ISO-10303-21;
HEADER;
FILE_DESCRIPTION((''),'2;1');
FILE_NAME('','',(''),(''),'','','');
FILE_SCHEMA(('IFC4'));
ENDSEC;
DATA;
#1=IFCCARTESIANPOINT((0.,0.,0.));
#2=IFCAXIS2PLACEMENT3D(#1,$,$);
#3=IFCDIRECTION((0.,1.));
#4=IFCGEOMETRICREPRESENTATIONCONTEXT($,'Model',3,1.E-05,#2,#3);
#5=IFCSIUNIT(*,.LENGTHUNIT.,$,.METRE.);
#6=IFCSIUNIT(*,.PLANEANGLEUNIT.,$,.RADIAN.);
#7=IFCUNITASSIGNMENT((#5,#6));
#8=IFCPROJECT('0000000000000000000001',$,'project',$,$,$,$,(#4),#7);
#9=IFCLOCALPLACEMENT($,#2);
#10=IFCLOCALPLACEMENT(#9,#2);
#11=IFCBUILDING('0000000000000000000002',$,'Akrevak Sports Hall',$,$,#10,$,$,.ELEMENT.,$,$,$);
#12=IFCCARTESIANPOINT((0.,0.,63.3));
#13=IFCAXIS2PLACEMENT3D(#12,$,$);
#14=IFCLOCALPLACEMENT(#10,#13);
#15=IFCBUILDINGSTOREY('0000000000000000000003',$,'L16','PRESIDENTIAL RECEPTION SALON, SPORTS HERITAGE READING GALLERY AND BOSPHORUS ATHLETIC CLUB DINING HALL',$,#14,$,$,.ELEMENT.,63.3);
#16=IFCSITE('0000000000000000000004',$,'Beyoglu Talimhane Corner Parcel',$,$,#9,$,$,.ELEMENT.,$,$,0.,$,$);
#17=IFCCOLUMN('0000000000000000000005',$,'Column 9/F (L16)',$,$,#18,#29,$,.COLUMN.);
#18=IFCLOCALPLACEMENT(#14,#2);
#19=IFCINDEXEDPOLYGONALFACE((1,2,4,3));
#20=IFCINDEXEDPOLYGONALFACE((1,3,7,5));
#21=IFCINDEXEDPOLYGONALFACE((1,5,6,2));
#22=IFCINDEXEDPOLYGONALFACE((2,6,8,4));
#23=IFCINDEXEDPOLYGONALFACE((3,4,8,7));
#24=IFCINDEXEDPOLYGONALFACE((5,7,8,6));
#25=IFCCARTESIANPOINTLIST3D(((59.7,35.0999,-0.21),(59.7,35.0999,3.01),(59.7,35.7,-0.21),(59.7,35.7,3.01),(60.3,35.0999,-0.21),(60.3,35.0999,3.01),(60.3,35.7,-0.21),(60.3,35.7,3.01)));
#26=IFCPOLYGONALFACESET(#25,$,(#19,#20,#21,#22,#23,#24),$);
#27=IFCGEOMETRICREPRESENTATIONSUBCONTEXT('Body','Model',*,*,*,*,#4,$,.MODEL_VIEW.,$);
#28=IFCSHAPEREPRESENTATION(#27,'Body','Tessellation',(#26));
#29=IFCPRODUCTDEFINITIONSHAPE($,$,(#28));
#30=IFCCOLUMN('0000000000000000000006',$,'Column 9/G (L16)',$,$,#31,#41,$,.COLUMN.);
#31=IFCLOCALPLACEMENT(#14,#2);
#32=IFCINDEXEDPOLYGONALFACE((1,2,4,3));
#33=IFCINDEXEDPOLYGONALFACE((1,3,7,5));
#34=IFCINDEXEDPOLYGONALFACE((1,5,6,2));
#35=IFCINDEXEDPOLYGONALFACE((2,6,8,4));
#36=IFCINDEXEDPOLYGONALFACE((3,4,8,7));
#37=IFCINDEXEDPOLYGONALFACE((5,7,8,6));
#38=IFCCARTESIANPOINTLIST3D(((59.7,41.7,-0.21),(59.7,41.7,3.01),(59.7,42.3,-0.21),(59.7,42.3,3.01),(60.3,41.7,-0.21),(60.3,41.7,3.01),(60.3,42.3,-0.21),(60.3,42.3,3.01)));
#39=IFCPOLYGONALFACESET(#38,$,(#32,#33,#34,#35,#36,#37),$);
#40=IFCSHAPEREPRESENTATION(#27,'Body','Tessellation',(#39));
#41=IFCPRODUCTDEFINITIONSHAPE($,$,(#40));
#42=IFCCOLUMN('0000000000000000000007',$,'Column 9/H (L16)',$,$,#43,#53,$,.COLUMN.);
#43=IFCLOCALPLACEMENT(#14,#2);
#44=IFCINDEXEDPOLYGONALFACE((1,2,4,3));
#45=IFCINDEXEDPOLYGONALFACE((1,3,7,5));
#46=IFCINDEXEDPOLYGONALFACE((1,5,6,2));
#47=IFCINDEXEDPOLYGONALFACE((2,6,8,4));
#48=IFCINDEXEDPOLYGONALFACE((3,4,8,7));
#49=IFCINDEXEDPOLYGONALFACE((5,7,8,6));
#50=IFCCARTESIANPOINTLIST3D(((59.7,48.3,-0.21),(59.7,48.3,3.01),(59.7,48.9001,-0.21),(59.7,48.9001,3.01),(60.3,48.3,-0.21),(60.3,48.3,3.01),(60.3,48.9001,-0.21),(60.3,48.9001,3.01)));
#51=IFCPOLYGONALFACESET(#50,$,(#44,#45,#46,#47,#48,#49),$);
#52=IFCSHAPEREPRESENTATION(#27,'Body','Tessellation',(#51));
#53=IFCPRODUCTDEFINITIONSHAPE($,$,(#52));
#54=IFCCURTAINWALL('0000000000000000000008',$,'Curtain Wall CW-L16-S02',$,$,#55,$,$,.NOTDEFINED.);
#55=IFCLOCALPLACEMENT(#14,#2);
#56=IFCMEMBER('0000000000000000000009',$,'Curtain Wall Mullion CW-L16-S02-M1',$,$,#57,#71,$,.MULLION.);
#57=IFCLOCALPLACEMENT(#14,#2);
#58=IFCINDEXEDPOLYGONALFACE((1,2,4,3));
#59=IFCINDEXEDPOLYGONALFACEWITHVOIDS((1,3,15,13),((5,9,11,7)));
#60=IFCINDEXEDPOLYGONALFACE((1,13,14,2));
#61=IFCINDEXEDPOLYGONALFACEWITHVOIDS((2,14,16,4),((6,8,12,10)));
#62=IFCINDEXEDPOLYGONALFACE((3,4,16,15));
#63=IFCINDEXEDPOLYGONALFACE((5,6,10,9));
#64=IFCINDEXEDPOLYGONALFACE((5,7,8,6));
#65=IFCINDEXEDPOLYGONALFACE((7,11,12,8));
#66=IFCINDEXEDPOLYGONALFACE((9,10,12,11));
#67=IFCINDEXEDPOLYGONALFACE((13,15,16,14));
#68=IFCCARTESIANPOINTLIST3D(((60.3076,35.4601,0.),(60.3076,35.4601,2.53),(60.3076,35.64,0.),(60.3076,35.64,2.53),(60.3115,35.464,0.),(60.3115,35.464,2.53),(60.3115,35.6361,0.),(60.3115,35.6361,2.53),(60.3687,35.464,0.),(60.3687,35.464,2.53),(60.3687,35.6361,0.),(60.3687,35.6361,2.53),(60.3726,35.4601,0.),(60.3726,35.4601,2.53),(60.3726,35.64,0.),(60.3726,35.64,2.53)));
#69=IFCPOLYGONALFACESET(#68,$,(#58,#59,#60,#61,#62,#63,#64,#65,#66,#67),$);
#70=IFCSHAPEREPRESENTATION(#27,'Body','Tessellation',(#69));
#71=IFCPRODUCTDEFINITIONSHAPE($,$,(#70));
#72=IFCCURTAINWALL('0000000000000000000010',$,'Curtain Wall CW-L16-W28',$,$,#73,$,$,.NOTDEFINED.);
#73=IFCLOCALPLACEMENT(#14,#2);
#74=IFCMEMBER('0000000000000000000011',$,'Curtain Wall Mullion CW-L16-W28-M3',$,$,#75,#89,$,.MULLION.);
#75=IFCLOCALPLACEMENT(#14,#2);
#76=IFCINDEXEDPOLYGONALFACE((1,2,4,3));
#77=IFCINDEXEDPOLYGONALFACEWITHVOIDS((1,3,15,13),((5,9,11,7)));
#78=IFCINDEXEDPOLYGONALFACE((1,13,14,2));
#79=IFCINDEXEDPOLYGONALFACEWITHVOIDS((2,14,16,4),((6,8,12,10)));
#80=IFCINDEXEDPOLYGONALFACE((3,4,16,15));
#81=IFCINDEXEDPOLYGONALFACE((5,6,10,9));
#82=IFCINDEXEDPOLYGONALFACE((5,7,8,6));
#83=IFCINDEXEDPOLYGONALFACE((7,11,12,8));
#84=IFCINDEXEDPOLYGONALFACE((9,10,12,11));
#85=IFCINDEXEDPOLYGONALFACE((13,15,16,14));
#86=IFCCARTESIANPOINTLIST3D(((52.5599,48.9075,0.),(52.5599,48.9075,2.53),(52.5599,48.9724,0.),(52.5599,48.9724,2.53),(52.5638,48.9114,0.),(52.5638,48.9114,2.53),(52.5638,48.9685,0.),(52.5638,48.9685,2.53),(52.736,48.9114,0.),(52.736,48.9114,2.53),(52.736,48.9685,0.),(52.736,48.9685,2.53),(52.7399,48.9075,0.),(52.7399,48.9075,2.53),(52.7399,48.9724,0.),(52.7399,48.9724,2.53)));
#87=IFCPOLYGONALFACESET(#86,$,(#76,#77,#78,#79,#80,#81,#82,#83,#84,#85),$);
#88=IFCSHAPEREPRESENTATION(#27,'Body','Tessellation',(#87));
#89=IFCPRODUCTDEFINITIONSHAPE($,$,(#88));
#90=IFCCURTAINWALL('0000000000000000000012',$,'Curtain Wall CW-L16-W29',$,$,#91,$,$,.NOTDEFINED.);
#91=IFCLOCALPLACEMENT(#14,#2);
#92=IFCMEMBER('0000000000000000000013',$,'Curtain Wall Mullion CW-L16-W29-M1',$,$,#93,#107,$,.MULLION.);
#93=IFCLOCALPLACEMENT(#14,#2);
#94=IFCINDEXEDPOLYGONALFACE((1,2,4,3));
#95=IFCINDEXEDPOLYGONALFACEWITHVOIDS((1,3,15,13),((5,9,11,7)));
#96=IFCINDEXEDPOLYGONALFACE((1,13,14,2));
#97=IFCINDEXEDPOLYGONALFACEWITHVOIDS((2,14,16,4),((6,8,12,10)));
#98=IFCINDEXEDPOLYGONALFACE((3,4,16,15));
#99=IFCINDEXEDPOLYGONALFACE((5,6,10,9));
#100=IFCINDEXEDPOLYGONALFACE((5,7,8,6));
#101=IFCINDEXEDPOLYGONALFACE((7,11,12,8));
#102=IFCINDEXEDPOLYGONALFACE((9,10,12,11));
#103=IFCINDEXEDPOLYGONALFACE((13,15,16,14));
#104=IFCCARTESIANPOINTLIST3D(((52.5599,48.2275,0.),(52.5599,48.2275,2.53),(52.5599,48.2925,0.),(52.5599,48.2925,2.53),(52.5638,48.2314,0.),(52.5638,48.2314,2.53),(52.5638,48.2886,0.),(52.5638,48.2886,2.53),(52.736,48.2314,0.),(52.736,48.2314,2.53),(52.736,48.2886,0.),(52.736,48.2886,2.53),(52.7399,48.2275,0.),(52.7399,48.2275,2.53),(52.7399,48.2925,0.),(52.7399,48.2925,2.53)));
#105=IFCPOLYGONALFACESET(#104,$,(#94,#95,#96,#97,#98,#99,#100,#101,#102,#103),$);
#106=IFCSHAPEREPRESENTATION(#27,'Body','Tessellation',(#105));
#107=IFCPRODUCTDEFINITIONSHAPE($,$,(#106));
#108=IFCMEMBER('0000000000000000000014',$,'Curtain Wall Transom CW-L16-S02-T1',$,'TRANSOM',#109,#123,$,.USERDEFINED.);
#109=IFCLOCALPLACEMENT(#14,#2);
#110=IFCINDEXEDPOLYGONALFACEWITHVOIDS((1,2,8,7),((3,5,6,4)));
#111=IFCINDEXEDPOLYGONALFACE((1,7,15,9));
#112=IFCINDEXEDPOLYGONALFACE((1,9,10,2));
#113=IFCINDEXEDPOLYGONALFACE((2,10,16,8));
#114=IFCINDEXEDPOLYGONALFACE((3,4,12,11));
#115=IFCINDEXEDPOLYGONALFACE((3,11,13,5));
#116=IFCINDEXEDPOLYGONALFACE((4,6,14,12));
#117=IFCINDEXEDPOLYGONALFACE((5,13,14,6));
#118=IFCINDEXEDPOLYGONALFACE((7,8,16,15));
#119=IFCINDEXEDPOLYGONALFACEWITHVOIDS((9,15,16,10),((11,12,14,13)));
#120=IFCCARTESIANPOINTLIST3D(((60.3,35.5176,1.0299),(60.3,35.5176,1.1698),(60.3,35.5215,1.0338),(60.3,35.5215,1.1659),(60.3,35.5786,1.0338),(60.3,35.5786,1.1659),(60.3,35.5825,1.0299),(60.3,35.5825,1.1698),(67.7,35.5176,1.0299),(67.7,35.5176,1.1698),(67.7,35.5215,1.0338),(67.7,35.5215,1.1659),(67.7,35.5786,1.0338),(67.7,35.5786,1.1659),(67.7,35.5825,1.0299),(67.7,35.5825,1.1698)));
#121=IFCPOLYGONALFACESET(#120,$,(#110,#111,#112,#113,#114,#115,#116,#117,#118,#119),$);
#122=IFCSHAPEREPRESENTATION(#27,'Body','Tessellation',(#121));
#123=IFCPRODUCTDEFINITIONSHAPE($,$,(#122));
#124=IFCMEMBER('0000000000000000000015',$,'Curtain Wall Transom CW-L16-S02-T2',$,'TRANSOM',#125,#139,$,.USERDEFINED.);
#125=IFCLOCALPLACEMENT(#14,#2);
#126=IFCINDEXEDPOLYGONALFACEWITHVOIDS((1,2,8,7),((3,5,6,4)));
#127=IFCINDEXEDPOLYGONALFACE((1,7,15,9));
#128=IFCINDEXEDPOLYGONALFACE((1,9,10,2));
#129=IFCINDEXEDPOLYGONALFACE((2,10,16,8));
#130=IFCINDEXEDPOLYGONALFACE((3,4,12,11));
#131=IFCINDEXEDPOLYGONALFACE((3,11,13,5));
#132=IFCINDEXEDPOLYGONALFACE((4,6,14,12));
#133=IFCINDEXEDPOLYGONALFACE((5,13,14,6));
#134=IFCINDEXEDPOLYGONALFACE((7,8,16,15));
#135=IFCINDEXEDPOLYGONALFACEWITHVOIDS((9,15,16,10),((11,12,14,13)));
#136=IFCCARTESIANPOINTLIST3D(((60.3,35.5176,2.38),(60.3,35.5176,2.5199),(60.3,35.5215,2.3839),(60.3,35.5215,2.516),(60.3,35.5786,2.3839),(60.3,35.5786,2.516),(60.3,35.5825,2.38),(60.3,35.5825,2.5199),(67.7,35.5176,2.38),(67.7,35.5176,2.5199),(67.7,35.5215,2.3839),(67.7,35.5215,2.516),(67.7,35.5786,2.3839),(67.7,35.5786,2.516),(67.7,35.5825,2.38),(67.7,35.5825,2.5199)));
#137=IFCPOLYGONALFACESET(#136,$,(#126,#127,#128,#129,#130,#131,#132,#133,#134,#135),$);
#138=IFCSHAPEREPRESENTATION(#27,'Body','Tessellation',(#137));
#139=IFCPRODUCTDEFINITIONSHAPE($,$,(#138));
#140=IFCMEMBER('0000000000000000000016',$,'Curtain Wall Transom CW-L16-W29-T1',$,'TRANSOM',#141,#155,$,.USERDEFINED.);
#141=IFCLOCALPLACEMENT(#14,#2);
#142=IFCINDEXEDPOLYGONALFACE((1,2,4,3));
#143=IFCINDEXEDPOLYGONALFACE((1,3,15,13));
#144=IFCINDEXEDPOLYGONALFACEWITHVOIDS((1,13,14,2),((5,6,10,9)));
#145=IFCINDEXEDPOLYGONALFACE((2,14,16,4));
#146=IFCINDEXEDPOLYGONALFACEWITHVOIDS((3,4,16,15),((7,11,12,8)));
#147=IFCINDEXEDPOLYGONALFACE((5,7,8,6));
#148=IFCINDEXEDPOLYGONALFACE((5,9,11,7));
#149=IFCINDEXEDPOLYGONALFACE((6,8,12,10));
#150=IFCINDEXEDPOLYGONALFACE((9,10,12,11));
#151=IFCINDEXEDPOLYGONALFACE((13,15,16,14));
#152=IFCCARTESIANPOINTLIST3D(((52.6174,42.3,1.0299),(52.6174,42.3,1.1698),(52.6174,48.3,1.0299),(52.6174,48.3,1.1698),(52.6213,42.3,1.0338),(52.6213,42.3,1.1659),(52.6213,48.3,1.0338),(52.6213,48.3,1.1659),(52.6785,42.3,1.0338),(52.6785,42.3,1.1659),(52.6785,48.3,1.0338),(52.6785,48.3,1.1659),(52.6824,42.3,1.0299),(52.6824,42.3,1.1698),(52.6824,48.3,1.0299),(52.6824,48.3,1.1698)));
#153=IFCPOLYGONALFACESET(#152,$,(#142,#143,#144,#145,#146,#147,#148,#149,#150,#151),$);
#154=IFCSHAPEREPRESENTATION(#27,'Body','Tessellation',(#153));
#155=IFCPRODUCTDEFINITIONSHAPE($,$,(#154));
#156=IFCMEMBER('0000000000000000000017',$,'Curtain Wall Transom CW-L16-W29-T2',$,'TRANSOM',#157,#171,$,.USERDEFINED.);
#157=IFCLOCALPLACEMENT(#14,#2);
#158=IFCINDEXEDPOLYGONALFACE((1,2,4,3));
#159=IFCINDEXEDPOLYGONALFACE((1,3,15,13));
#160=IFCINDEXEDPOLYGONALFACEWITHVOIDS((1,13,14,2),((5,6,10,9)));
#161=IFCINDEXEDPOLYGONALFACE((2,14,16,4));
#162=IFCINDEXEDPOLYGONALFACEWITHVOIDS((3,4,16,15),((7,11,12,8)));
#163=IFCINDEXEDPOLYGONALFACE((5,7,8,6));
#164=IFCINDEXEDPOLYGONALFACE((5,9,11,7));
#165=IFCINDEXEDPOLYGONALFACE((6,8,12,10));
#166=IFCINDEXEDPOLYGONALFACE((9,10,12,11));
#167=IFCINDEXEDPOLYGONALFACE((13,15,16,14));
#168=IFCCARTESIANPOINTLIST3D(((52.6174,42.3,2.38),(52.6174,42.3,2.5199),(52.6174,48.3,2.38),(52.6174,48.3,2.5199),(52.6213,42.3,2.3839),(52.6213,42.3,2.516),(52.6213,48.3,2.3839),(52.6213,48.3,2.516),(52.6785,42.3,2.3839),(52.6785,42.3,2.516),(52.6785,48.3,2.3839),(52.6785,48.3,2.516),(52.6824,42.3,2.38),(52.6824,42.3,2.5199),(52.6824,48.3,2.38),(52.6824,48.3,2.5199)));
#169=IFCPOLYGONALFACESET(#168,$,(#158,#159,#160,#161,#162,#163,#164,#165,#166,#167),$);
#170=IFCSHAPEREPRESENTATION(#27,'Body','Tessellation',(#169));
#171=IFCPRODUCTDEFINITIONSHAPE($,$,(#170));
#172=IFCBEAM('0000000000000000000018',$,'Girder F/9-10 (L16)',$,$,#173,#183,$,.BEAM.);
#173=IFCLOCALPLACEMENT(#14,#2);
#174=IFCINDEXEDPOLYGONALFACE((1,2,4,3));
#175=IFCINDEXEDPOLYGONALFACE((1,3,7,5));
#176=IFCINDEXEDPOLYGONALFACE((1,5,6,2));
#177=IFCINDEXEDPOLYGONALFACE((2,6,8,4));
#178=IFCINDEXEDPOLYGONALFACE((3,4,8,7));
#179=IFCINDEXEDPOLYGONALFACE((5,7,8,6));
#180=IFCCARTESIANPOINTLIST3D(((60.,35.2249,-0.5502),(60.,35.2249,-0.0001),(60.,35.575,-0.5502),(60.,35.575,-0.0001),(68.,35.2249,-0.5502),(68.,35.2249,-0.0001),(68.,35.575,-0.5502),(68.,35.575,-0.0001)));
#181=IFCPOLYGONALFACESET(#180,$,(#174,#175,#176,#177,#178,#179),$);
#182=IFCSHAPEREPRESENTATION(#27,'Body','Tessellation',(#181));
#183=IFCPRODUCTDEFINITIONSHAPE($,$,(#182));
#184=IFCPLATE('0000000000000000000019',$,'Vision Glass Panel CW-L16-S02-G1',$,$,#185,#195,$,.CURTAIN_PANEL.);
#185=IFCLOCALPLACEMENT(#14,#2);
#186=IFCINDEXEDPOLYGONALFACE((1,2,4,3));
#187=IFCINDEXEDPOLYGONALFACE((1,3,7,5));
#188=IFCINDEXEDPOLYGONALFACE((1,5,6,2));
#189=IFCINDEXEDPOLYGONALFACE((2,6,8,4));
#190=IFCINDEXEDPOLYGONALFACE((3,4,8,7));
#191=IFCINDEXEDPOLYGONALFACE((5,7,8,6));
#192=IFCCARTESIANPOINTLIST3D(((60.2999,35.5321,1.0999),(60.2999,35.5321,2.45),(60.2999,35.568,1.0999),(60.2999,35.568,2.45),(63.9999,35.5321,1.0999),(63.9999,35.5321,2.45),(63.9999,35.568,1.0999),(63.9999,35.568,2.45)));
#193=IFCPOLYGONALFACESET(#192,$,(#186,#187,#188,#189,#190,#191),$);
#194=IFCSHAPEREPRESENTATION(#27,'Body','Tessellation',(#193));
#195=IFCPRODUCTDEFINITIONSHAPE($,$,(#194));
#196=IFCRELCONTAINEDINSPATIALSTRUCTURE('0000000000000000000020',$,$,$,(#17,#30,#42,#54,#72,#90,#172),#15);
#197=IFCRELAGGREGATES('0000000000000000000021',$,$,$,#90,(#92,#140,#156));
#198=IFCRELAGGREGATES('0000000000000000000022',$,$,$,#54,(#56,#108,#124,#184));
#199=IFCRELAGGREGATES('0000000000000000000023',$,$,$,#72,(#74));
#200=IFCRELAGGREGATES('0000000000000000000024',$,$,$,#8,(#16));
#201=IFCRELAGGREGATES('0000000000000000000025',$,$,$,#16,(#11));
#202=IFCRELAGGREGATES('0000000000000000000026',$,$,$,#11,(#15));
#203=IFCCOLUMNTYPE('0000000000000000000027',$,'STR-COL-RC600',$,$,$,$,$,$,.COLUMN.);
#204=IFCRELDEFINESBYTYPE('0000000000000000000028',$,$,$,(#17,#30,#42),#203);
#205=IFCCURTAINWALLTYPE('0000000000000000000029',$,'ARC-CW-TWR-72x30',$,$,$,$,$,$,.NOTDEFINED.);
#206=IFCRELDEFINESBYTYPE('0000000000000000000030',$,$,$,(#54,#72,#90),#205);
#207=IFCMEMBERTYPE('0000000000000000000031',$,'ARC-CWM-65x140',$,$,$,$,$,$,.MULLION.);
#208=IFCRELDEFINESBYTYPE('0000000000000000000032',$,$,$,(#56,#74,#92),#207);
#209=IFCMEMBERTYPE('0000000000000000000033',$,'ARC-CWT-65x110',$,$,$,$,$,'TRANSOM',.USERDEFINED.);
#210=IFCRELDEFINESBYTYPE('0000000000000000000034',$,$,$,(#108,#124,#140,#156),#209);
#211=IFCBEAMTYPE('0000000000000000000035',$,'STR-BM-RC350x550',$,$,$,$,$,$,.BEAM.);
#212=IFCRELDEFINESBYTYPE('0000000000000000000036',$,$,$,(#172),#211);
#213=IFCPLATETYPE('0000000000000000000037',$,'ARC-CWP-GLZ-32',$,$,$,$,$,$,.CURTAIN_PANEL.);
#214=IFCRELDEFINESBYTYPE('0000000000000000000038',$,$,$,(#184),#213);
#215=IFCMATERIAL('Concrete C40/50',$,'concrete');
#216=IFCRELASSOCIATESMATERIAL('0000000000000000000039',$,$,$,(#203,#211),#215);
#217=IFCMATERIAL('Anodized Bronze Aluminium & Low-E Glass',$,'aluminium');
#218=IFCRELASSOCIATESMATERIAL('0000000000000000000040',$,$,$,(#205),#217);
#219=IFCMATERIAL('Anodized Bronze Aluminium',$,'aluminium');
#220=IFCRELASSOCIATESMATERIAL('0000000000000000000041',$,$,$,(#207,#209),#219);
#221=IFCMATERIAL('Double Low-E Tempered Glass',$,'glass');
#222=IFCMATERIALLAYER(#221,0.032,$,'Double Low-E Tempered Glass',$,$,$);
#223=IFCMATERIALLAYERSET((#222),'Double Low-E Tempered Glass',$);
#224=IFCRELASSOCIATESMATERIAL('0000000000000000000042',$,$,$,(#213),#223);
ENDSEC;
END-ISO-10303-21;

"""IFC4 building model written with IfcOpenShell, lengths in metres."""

from ifc_helpers import new_model, si_unit, direction, frame, origin, origin_2d, place, context, subcontext, project, spatial, rectangle, hollow_rectangle, extrude, material, layer, layer_set, material_profile, profile_set, type_object, element, aggregate, save


model = new_model("IFC4")

# Units and contexts
model_context = context("Model", 3, precision=1e-05, world=origin(), true_north=direction((0.0, 1.0)))
body_context = subcontext(model_context, "Body", "Model", "MODEL_VIEW")
ifc_project = project(units=[si_unit("LENGTHUNIT", "METRE"), si_unit("PLANEANGLEUNIT", "RADIAN")], contexts=[model_context])

# Site, building, storey
site_placement = place(None, origin())
site = spatial("IfcSite", under=ifc_project, at=site_placement, Name="Beyoglu Talimhane Corner Parcel", CompositionType="ELEMENT", RefElevation=0.0)
building_placement = place(site_placement, origin())
building = spatial("IfcBuilding", under=site, at=building_placement, Name="Akrevak Sports Hall", CompositionType="ELEMENT")
storey_placement = place(building_placement, frame((0.0, 0.0, 63.3)))
storey = spatial("IfcBuildingStorey", under=building, at=storey_placement, Name="L16", Description="PRESIDENTIAL RECEPTION SALON, SPORTS HERITAGE READING GALLERY AND BOSPHORUS ATHLETIC CLUB DINING HALL", CompositionType="ELEMENT", Elevation=63.3)

# Columns
ifc_material_1 = material(Name="Concrete C40/50", Category="concrete")
ifc_material_profile_1 = material_profile(ifc_material_1, rectangle(XDim=0.6001, YDim=0.6001, at=origin_2d()), Name="RC 600x600", Category="concrete")
ifc_profile_set_1 = profile_set([ifc_material_profile_1], Name="Concrete C40/50")
column_type = type_object("IfcColumnType", Name="STR-COL-RC600", PredefinedType="COLUMN", material=ifc_profile_set_1)
for number, where, z_axis, x_axis, name in (
    (1, (60.0, 35.3999, -0.21), (0.0, 0.0, 1.0), (1.0, 0.0, 0.0), "Column 9/F (L16)"),
    (2, (60.0, 42.0, -0.21), (0.0, 0.0, 1.0), (1.0, 0.0, 0.0), "Column 9/G (L16)"),
    (3, (60.0, 48.6001, -0.21), (0.0, 0.0, 1.0), (1.0, 0.0, 0.0), "Column 9/H (L16)"),
):
    element("IfcColumn", number, at=place(storey_placement, frame(where, z_axis=z_axis, x_axis=x_axis)), inside=storey, type_object=column_type, Name=name, PredefinedType="COLUMN", context=body_context, shape_type="SweptSolid", body=[
        extrude(rectangle(XDim=0.6001, YDim=0.6001, at=origin_2d()), origin(), (0.0, 0.0, 1.0), 3.22),
    ])

# Curtain walls, members
ifc_material_2 = material(Name="Anodized Bronze Aluminium & Low-E Glass", Category="aluminium")
curtain_wall_type = type_object("IfcCurtainWallType", Name="ARC-CW-TWR-72x30", PredefinedType="NOTDEFINED", material=ifc_material_2)
curtain_wall_1_placement = place(storey_placement, origin())
curtain_wall_1 = element("IfcCurtainWall", 4, at=curtain_wall_1_placement, inside=storey, type_object=curtain_wall_type, Name="Curtain Wall CW-L16-S02", PredefinedType="NOTDEFINED")
ifc_material_3 = material(Name="Anodized Bronze Aluminium", Category="aluminium")
ifc_material_profile_2 = material_profile(ifc_material_3, hollow_rectangle(XDim=0.0649, YDim=0.1799, WallThickness=0.0039, at=origin_2d()), Name="CWM 65x180", Category="aluminium")
ifc_profile_set_2 = profile_set([ifc_material_profile_2], Name="Anodized Bronze Aluminium")
member_type_1 = type_object("IfcMemberType", Name="ARC-CWM-65x140", PredefinedType="MULLION", material=ifc_profile_set_2)
member_1_placement = place(storey_placement, frame((60.3401, 35.55, 0.0), z_axis=(0.0, 0.0, 1.0), x_axis=(1.0, 0.0, 0.0)))
member_1 = element("IfcMember", 5, at=member_1_placement, type_object=member_type_1, Name="Curtain Wall Mullion CW-L16-S02-M1", PredefinedType="MULLION", context=body_context, shape_type="SweptSolid", body=[
    extrude(hollow_rectangle(XDim=0.0649, YDim=0.1799, WallThickness=0.0039, at=origin_2d()), origin(), (0.0, 0.0, 1.0), 2.53),
])
curtain_wall_2_placement = place(storey_placement, origin())
curtain_wall_2 = element("IfcCurtainWall", 6, at=curtain_wall_2_placement, inside=storey, type_object=curtain_wall_type, Name="Curtain Wall CW-L16-W28", PredefinedType="NOTDEFINED")
member_2_placement = place(storey_placement, frame((52.6499, 48.9399, 0.0), z_axis=(0.0, 0.0, 1.0), x_axis=(0.0, -1.0, 0.0)))
member_2 = element("IfcMember", 7, at=member_2_placement, type_object=member_type_1, Name="Curtain Wall Mullion CW-L16-W28-M3", PredefinedType="MULLION", context=body_context, shape_type="SweptSolid", body=[
    extrude(hollow_rectangle(XDim=0.0649, YDim=0.1799, WallThickness=0.0039, at=origin_2d()), origin(), (0.0, 0.0, 1.0), 2.53),
])
curtain_wall_3_placement = place(storey_placement, origin())
curtain_wall_3 = element("IfcCurtainWall", 8, at=curtain_wall_3_placement, inside=storey, type_object=curtain_wall_type, Name="Curtain Wall CW-L16-W29", PredefinedType="NOTDEFINED")
member_3_placement = place(storey_placement, frame((52.6499, 48.26, 0.0), z_axis=(0.0, 0.0, 1.0), x_axis=(0.0, -1.0, 0.0)))
member_3 = element("IfcMember", 9, at=member_3_placement, type_object=member_type_1, Name="Curtain Wall Mullion CW-L16-W29-M1", PredefinedType="MULLION", context=body_context, shape_type="SweptSolid", body=[
    extrude(hollow_rectangle(XDim=0.0649, YDim=0.1799, WallThickness=0.0039, at=origin_2d()), origin(), (0.0, 0.0, 1.0), 2.53),
])

# Members
ifc_material_profile_3 = material_profile(ifc_material_3, hollow_rectangle(XDim=0.0649, YDim=0.1399, WallThickness=0.0039, at=origin_2d()), Name="CWT 65x140", Category="aluminium")
ifc_profile_set_3 = profile_set([ifc_material_profile_3], Name="Anodized Bronze Aluminium")
member_type_2 = type_object("IfcMemberType", Name="ARC-CWT-65x110", ElementType="TRANSOM", PredefinedType="USERDEFINED", material=ifc_profile_set_3)
member_4_placement = place(storey_placement, frame((60.3, 35.55, 1.0999), z_axis=(1.0, 0.0, 0.0), x_axis=(0.0, 1.0, 0.0)))
member_4 = element("IfcMember", 10, at=member_4_placement, type_object=member_type_2, Name="Curtain Wall Transom CW-L16-S02-T1", ObjectType="TRANSOM", PredefinedType="USERDEFINED", context=body_context, shape_type="SweptSolid", body=[
    extrude(hollow_rectangle(XDim=0.0649, YDim=0.1399, WallThickness=0.0039, at=origin_2d()), origin(), (0.0, 0.0, 1.0), 7.3999),
])
member_5_placement = place(storey_placement, frame((60.3, 35.55, 2.45), z_axis=(1.0, 0.0, 0.0), x_axis=(0.0, 1.0, 0.0)))
member_5 = element("IfcMember", 11, at=member_5_placement, type_object=member_type_2, Name="Curtain Wall Transom CW-L16-S02-T2", ObjectType="TRANSOM", PredefinedType="USERDEFINED", context=body_context, shape_type="SweptSolid", body=[
    extrude(hollow_rectangle(XDim=0.0649, YDim=0.1399, WallThickness=0.0039, at=origin_2d()), origin(), (0.0, 0.0, 1.0), 7.3999),
])
member_6_placement = place(storey_placement, frame((52.6499, 48.3, 1.0999), z_axis=(0.0, -1.0, 0.0), x_axis=(1.0, 0.0, 0.0)))
member_6 = element("IfcMember", 12, at=member_6_placement, type_object=member_type_2, Name="Curtain Wall Transom CW-L16-W29-T1", ObjectType="TRANSOM", PredefinedType="USERDEFINED", context=body_context, shape_type="SweptSolid", body=[
    extrude(hollow_rectangle(XDim=0.0649, YDim=0.1399, WallThickness=0.0039, at=origin_2d()), origin(), (0.0, 0.0, 1.0), 6.0),
])
member_7_placement = place(storey_placement, frame((52.6499, 48.3, 2.45), z_axis=(0.0, -1.0, 0.0), x_axis=(1.0, 0.0, 0.0)))
member_7 = element("IfcMember", 13, at=member_7_placement, type_object=member_type_2, Name="Curtain Wall Transom CW-L16-W29-T2", ObjectType="TRANSOM", PredefinedType="USERDEFINED", context=body_context, shape_type="SweptSolid", body=[
    extrude(hollow_rectangle(XDim=0.0649, YDim=0.1399, WallThickness=0.0039, at=origin_2d()), origin(), (0.0, 0.0, 1.0), 6.0),
])
aggregate(curtain_wall_3, [member_3, member_6, member_7])

# Beam
ifc_material_profile_4 = material_profile(ifc_material_1, rectangle(XDim=0.3501, YDim=0.55, at=origin_2d()), Name="BM 350x550", Category="concrete")
ifc_profile_set_4 = profile_set([ifc_material_profile_4], Name="Concrete C40/50")
beam_type = type_object("IfcBeamType", Name="STR-BM-RC350x550", PredefinedType="BEAM", material=ifc_profile_set_4)
beam_placement = place(storey_placement, frame((60.0, 35.3999, -0.2751), z_axis=(1.0, 0.0, 0.0), x_axis=(0.0, 1.0, 0.0)))
element("IfcBeam", 14, at=beam_placement, inside=storey, type_object=beam_type, Name="Girder F/9-10 (L16)", PredefinedType="BEAM", context=body_context, shape_type="SweptSolid", body=[
    extrude(rectangle(XDim=0.3501, YDim=0.55, at=origin_2d()), origin(), (0.0, 0.0, 1.0), 8.0),
])

# Plate
ifc_material_4 = material(Name="Double Low-E Tempered Glass", Category="glass")
ifc_layer_1 = layer(ifc_material_4, 0.032, Name="Double Low-E Tempered Glass")
ifc_layer_set_1 = layer_set([ifc_layer_1], Name="Double Low-E Tempered Glass")
plate_type = type_object("IfcPlateType", Name="ARC-CWP-GLZ-32", PredefinedType="CURTAIN_PANEL", material=ifc_layer_set_1)
plate_1_placement = place(storey_placement, frame((62.1499, 35.55, 1.0999), z_axis=(0.0, 0.0, 1.0), x_axis=(1.0, 0.0, 0.0)))
plate_1 = element("IfcPlate", 15, at=plate_1_placement, type_object=plate_type, Name="Vision Glass Panel CW-L16-S02-G1", PredefinedType="CURTAIN_PANEL", context=body_context, shape_type="SweptSolid", body=[
    extrude(rectangle(XDim=3.7, YDim=0.0359, at=origin_2d()), origin(), (0.0, 0.0, 1.0), 1.3501),
])
aggregate(curtain_wall_1, [member_1, member_4, member_5, plate_1])
aggregate(curtain_wall_2, [member_2])

save(model, "model.ifc")
